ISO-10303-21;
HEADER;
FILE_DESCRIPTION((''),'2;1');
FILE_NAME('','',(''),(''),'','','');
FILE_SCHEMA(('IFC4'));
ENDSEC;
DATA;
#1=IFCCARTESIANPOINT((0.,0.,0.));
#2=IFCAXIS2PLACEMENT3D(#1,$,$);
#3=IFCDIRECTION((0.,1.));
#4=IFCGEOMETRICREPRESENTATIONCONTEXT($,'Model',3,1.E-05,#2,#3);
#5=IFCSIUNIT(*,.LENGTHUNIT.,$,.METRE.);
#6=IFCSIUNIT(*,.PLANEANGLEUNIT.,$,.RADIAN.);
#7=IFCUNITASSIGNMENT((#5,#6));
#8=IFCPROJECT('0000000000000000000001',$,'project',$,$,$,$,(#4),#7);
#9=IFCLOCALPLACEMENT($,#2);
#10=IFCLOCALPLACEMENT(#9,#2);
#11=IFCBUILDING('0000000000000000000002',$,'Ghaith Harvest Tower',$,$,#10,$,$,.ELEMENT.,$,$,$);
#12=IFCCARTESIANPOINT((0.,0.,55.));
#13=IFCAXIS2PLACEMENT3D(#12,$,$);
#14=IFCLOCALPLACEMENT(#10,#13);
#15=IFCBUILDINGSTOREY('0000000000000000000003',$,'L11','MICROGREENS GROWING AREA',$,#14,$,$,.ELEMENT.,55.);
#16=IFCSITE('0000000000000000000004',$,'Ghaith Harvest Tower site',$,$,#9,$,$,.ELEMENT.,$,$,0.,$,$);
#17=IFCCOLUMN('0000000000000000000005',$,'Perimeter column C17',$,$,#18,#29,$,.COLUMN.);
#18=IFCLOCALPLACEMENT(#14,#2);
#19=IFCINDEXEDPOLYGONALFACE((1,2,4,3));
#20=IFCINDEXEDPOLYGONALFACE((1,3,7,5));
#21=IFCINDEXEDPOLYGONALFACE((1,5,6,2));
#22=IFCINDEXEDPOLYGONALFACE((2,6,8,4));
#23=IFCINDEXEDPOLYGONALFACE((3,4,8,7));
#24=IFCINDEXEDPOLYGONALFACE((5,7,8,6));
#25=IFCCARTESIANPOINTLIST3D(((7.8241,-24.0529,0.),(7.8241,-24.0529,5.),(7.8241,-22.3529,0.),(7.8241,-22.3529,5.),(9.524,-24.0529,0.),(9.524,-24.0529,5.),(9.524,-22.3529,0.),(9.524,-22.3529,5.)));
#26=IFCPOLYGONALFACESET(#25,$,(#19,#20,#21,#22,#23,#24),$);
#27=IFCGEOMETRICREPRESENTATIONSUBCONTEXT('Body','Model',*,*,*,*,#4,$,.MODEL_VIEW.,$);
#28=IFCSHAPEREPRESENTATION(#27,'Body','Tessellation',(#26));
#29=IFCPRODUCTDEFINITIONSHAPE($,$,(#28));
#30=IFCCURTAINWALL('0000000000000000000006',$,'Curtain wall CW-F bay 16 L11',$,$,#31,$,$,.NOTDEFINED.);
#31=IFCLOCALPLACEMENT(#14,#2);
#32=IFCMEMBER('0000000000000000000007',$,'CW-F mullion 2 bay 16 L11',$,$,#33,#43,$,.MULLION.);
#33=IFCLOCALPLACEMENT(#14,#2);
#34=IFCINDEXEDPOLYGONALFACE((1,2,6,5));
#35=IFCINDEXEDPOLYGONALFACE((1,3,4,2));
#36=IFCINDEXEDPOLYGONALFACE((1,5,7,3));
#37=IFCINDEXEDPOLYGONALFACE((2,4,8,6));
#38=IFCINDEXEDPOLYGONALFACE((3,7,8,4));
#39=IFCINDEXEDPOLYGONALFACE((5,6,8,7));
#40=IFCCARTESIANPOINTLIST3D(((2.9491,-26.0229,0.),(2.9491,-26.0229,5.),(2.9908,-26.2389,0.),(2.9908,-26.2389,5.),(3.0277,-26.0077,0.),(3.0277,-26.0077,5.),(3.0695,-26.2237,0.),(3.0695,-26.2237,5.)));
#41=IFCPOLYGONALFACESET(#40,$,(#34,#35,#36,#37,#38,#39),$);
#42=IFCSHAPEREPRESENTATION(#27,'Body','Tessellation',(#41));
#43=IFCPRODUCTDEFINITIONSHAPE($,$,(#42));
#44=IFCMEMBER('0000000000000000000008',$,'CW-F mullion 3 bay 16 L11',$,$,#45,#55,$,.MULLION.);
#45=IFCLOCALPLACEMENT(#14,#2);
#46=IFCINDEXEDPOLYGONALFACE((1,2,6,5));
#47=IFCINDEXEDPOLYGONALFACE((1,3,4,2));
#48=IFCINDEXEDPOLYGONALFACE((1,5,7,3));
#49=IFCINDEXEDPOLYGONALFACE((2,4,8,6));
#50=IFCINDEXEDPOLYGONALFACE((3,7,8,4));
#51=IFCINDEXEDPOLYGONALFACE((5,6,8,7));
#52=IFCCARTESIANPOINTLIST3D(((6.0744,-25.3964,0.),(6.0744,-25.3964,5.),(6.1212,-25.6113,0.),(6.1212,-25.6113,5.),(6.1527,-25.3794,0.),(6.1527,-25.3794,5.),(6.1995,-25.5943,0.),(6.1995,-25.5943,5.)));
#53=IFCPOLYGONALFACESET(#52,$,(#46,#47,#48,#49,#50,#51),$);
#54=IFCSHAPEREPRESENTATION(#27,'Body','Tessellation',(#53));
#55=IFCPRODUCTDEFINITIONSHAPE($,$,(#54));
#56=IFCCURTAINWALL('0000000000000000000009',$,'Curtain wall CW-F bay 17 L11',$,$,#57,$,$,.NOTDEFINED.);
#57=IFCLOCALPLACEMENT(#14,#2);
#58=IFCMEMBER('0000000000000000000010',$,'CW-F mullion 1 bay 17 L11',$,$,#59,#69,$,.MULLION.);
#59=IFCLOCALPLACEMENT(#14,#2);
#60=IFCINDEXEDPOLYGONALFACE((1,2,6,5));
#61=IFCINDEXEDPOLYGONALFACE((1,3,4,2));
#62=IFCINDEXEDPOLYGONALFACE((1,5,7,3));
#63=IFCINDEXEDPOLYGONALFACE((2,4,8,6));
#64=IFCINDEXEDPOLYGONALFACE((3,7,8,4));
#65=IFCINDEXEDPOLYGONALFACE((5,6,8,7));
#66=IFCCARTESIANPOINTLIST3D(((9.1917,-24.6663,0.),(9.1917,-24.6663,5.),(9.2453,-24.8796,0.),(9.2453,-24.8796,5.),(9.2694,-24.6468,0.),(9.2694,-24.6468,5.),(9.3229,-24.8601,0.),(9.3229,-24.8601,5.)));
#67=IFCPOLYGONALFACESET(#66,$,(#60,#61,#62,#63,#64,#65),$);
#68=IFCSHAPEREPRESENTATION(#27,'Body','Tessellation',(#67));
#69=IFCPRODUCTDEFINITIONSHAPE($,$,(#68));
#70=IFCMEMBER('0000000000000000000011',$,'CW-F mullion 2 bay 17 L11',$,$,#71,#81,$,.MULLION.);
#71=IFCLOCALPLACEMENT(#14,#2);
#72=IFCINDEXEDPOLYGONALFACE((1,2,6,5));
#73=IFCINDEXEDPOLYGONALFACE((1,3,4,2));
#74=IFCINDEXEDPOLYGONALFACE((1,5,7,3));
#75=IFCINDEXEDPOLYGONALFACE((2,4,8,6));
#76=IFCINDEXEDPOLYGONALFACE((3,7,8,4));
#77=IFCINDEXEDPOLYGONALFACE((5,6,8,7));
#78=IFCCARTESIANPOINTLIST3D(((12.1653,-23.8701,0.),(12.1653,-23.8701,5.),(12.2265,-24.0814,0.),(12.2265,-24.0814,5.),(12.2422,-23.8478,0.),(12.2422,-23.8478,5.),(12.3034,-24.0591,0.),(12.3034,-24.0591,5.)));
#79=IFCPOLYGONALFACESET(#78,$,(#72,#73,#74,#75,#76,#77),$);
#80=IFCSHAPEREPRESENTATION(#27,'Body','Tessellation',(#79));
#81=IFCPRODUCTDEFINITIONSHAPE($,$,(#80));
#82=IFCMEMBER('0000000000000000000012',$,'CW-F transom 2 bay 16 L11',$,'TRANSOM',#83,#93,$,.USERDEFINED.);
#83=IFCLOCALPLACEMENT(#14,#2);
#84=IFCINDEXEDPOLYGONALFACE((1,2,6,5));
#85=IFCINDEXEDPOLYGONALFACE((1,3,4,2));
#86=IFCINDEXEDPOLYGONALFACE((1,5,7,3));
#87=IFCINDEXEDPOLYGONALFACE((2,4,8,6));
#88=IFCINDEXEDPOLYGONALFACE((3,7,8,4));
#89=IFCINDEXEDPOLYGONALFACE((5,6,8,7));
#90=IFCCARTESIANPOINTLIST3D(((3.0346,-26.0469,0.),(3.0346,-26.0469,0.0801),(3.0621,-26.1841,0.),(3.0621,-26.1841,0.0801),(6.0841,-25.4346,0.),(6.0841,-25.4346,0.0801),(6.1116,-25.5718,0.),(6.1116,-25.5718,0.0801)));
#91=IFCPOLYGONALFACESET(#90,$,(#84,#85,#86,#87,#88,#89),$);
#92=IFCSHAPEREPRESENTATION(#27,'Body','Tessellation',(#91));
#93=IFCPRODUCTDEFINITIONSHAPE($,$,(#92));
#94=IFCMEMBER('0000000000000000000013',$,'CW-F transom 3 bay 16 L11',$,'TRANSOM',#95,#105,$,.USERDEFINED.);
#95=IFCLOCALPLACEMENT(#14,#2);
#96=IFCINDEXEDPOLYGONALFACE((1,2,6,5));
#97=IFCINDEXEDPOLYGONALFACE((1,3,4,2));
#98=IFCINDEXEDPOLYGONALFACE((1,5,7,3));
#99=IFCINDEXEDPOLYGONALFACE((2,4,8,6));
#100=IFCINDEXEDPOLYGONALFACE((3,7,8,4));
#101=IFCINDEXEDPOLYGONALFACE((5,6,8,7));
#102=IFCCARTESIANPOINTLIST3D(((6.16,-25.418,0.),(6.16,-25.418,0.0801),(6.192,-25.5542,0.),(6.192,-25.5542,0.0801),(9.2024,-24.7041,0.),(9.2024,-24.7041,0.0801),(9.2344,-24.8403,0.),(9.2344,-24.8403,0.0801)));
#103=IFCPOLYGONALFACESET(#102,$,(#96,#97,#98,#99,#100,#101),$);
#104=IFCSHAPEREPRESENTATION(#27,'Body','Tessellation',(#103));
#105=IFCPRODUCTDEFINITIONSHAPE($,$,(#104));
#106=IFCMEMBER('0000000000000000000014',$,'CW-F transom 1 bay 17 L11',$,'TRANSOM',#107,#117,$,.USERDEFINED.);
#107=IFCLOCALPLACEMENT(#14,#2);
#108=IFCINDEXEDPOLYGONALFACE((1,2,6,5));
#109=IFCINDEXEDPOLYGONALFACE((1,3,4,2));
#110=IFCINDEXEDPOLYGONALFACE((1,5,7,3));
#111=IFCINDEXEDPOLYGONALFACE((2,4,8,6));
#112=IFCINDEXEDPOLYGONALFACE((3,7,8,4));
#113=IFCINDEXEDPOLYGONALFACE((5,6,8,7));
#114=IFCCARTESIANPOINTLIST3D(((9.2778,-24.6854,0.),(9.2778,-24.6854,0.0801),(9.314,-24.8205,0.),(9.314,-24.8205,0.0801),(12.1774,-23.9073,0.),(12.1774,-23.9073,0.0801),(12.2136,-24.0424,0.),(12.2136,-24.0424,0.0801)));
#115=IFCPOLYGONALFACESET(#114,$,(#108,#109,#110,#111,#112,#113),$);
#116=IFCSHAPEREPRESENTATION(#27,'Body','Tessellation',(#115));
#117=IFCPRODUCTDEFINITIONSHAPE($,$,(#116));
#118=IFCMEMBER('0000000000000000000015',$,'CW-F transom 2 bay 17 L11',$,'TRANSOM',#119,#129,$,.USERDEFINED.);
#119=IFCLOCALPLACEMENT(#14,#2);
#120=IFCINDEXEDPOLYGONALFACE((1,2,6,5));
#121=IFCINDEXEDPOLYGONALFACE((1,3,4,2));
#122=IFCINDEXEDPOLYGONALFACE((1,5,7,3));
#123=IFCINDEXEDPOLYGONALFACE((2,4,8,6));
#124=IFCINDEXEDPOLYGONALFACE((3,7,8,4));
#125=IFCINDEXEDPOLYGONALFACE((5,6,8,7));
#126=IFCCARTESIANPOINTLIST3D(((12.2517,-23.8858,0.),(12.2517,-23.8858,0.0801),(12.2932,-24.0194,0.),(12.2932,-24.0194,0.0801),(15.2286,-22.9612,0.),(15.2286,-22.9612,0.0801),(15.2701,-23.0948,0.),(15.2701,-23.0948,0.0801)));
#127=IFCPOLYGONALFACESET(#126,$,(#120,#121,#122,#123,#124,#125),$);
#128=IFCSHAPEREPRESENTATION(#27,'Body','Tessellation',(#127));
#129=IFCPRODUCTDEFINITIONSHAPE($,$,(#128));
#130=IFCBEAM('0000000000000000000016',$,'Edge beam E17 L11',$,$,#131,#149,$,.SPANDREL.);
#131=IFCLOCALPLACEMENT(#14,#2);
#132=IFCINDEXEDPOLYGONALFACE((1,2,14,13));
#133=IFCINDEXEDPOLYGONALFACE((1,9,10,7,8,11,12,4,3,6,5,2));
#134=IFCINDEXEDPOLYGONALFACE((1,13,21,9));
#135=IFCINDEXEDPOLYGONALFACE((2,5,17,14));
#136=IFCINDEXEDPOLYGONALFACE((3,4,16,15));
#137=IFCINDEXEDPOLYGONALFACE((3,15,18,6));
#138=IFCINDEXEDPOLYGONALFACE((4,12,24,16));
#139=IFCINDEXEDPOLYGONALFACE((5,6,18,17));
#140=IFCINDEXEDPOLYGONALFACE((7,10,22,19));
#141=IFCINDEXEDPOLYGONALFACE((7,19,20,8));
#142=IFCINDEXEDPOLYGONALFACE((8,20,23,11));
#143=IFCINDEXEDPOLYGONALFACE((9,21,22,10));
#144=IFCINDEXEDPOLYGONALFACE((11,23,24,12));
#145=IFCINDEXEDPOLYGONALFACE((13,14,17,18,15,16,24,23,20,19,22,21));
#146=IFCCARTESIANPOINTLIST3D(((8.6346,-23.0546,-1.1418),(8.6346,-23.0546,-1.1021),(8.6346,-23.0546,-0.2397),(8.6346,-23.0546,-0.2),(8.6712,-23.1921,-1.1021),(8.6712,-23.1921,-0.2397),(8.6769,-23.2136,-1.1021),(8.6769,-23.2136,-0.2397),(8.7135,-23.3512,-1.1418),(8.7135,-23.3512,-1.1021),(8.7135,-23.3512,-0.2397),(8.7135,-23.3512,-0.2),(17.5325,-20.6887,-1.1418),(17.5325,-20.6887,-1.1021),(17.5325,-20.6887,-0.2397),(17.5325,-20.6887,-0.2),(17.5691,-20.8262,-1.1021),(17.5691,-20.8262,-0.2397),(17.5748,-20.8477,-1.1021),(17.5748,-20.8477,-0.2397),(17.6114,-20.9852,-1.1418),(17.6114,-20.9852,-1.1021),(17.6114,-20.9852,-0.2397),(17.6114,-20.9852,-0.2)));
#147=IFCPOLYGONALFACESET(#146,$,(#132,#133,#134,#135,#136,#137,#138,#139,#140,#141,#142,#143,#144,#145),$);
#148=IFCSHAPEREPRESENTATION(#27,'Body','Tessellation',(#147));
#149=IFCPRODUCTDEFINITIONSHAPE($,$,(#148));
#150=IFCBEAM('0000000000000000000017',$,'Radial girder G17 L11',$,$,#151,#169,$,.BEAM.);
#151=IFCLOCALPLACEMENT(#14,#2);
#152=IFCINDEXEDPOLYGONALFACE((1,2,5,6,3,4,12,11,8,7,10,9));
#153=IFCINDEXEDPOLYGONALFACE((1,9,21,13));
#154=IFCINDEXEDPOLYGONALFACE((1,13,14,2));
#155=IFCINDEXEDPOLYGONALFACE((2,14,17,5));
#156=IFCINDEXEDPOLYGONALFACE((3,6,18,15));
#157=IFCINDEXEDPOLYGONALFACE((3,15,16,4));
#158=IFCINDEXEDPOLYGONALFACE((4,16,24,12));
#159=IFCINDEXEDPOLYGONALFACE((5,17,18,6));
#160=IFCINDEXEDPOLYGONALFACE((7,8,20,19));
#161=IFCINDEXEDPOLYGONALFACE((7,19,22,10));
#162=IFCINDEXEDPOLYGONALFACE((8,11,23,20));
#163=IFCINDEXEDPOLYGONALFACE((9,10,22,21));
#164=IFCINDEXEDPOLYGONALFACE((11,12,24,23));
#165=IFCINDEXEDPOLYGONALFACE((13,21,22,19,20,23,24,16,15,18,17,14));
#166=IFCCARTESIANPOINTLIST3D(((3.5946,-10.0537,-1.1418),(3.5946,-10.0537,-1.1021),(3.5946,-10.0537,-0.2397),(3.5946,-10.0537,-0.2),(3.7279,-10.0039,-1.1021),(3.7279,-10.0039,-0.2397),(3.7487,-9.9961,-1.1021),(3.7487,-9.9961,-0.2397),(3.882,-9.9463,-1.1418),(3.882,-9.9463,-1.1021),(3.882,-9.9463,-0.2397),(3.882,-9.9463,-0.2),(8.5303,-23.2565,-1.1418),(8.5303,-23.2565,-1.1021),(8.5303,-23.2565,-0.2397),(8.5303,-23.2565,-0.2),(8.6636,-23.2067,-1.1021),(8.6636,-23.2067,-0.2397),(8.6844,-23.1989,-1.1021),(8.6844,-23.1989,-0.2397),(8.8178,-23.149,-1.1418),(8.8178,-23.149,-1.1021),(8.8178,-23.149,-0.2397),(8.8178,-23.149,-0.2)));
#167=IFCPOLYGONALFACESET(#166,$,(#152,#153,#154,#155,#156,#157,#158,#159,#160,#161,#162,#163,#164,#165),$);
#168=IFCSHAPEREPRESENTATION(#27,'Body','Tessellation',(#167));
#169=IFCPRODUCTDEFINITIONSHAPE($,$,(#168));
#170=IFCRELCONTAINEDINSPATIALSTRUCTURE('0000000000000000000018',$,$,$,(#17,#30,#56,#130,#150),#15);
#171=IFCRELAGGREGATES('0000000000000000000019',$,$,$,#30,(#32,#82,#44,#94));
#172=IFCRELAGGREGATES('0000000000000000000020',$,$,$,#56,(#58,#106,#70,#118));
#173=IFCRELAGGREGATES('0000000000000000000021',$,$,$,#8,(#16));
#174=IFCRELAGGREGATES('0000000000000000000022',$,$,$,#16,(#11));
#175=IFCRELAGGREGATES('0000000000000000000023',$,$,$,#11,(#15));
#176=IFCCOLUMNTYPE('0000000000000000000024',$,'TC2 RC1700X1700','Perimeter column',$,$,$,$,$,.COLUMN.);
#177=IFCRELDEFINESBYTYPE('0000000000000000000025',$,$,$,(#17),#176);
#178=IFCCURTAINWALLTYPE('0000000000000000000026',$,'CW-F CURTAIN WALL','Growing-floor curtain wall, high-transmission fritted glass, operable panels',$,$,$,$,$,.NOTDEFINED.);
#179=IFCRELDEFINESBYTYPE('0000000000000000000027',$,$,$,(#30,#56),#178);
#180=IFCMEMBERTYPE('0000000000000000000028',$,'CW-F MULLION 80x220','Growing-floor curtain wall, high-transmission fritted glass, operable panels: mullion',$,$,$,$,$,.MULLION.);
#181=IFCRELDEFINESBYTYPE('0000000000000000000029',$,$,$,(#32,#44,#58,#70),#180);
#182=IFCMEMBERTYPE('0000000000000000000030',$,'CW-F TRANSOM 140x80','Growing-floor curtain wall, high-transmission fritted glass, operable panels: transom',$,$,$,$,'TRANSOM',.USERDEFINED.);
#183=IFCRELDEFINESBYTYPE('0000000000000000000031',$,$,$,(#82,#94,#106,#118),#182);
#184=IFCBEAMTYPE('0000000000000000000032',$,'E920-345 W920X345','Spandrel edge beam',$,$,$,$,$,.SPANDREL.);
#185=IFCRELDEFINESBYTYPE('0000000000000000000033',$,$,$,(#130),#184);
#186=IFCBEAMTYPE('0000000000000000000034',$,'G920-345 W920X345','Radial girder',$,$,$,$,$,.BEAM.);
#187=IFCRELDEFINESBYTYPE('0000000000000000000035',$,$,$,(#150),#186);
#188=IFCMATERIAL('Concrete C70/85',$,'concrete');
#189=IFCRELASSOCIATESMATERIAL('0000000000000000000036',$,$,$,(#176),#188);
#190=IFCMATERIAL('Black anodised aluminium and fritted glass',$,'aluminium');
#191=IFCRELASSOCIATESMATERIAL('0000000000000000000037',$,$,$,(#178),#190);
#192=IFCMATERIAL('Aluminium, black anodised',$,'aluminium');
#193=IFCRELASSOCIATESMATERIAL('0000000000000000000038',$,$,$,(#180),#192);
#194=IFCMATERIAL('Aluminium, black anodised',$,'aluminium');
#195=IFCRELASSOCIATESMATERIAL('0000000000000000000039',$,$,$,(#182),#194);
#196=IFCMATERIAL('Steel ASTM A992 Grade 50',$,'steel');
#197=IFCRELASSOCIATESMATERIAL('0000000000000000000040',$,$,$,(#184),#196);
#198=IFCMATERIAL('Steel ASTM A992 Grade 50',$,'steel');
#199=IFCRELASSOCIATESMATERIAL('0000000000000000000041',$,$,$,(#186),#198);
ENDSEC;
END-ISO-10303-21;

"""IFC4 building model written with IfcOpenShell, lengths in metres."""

from ifc_helpers import new_model, si_unit, direction, frame, origin, origin_2d, place, context, subcontext, project, spatial, rectangle, i_section, extrude, material, material_profile, profile_set, type_object, element, aggregate, save


model = new_model("IFC4")

# Units and contexts
model_context = context("Model", 3, precision=1e-05, world=origin(), true_north=direction((0.0, 1.0)))
body_context = subcontext(model_context, "Body", "Model", "MODEL_VIEW")
ifc_project = project(units=[si_unit("LENGTHUNIT", "METRE"), si_unit("PLANEANGLEUNIT", "RADIAN")], contexts=[model_context])

# Site, building, storey
site_placement = place(None, origin())
site = spatial("IfcSite", under=ifc_project, at=site_placement, Name="Ghaith Harvest Tower site", CompositionType="ELEMENT", RefElevation=0.0)
building_placement = place(site_placement, origin())
building = spatial("IfcBuilding", under=site, at=building_placement, Name="Ghaith Harvest Tower", CompositionType="ELEMENT")
storey_placement = place(building_placement, frame((0.0, 0.0, 55.0)))
storey = spatial("IfcBuildingStorey", under=building, at=storey_placement, Name="L11", Description="MICROGREENS GROWING AREA", CompositionType="ELEMENT", Elevation=55.0)

# Column
ifc_material_1 = material(Name="Concrete C70/85", Category="concrete")
ifc_material_profile_1 = material_profile(ifc_material_1, rectangle(XDim=1.7, YDim=1.7, at=origin_2d()), Name="RC1700X1700")
ifc_profile_set_1 = profile_set([ifc_material_profile_1], Name="Concrete C70/85")
column_type = type_object("IfcColumnType", Name="TC2 RC1700X1700", Description="Perimeter column", PredefinedType="COLUMN", material=ifc_profile_set_1)
column_placement = place(storey_placement, frame((8.6741, -23.2029, 0.0), z_axis=(0.0, 0.0, 1.0), x_axis=(1.0, 0.0, 0.0)))
element("IfcColumn", 1, at=column_placement, inside=storey, type_object=column_type, Name="Perimeter column C17", PredefinedType="COLUMN", context=body_context, shape_type="SweptSolid", body=[
    extrude(rectangle(XDim=1.7, YDim=1.7, at=origin_2d()), origin(), (0.0, 0.0, 1.0), 5.0),
])

# Curtain walls, members
ifc_material_2 = material(Name="Black anodised aluminium and fritted glass", Category="aluminium")
curtain_wall_type = type_object("IfcCurtainWallType", Name="CW-F CURTAIN WALL", Description="Growing-floor curtain wall, high-transmission fritted glass, operable panels", PredefinedType="NOTDEFINED", material=ifc_material_2)
curtain_wall_1_placement = place(storey_placement, origin())
curtain_wall_1 = element("IfcCurtainWall", 2, at=curtain_wall_1_placement, inside=storey, type_object=curtain_wall_type, Name="Curtain wall CW-F bay 16 L11", PredefinedType="NOTDEFINED")
ifc_material_3 = material(Name="Aluminium, black anodised", Category="aluminium")
ifc_material_profile_2 = material_profile(ifc_material_3, rectangle(XDim=0.0801, YDim=0.22, at=origin_2d()), Name="CW-F MULLION 80x220")
ifc_profile_set_2 = profile_set([ifc_material_profile_2], Name="Aluminium, black anodised")
member_type_1 = type_object("IfcMemberType", Name="CW-F MULLION 80x220", Description="Growing-floor curtain wall, high-transmission fritted glass, operable panels: mullion", PredefinedType="MULLION", material=ifc_profile_set_2)
member_1_placement = place(storey_placement, frame((3.0093, -26.1233, 0.0), z_axis=(0.0, 0.0, 1.0), x_axis=(0.981818, 0.189822, 0.0)))
member_1 = element("IfcMember", 3, at=member_1_placement, type_object=member_type_1, Name="CW-F mullion 2 bay 16 L11", PredefinedType="MULLION", context=body_context, shape_type="SweptSolid", body=[
    extrude(rectangle(XDim=0.0801, YDim=0.22, at=origin_2d()), origin(), (0.0, 0.0, 1.0), 5.0),
])
member_2_placement = place(storey_placement, frame((6.137, -25.4954, 0.0), z_axis=(0.0, 0.0, 1.0), x_axis=(0.977118, 0.212698, 0.0)))
member_2 = element("IfcMember", 4, at=member_2_placement, type_object=member_type_1, Name="CW-F mullion 3 bay 16 L11", PredefinedType="MULLION", context=body_context, shape_type="SweptSolid", body=[
    extrude(rectangle(XDim=0.0801, YDim=0.22, at=origin_2d()), origin(), (0.0, 0.0, 1.0), 5.0),
])
curtain_wall_2_placement = place(storey_placement, origin())
curtain_wall_2 = element("IfcCurtainWall", 5, at=curtain_wall_2_placement, inside=storey, type_object=curtain_wall_type, Name="Curtain wall CW-F bay 17 L11", PredefinedType="NOTDEFINED")
member_3_placement = place(storey_placement, frame((9.2573, -24.7632, 0.0), z_axis=(0.0, 0.0, 1.0), x_axis=(0.969903, 0.24349, 0.0)))
member_3 = element("IfcMember", 6, at=member_3_placement, type_object=member_type_1, Name="CW-F mullion 1 bay 17 L11", PredefinedType="MULLION", context=body_context, shape_type="SweptSolid", body=[
    extrude(rectangle(XDim=0.0801, YDim=0.22, at=origin_2d()), origin(), (0.0, 0.0, 1.0), 5.0),
])
member_4_placement = place(storey_placement, frame((12.2344, -23.9646, 0.0), z_axis=(0.0, 0.0, 1.0), x_axis=(0.960502, 0.278272, 0.0)))
member_4 = element("IfcMember", 7, at=member_4_placement, type_object=member_type_1, Name="CW-F mullion 2 bay 17 L11", PredefinedType="MULLION", context=body_context, shape_type="SweptSolid", body=[
    extrude(rectangle(XDim=0.0801, YDim=0.22, at=origin_2d()), origin(), (0.0, 0.0, 1.0), 5.0),
])

# Members
ifc_material_4 = material(Name="Aluminium, black anodised", Category="aluminium")
ifc_material_profile_3 = material_profile(ifc_material_4, rectangle(XDim=0.1399, YDim=0.0801, at=origin_2d()), Name="CW-F TRANSOM 140x80")
ifc_profile_set_3 = profile_set([ifc_material_profile_3], Name="Aluminium, black anodised")
member_type_2 = type_object("IfcMemberType", Name="CW-F TRANSOM 140x80", Description="Growing-floor curtain wall, high-transmission fritted glass, operable panels: transom", ElementType="TRANSOM", PredefinedType="USERDEFINED", material=ifc_profile_set_3)
member_5_placement = place(storey_placement, frame((3.0483, -26.1155, 0.04), z_axis=(0.980432, 0.196856, 0.0), x_axis=(-0.196856, 0.980432, 0.0)))
member_5 = element("IfcMember", 8, at=member_5_placement, type_object=member_type_2, Name="CW-F transom 2 bay 16 L11", ObjectType="TRANSOM", PredefinedType="USERDEFINED", context=body_context, shape_type="SweptSolid", body=[
    extrude(rectangle(XDim=0.1399, YDim=0.0801, at=origin_2d()), origin(), (0.0, 0.0, 1.0), 3.1104),
])
member_6_placement = place(storey_placement, frame((6.176, -25.4861, 0.04), z_axis=(0.97356, 0.22843, 0.0), x_axis=(-0.22843, 0.97356, 0.0)))
member_6 = element("IfcMember", 9, at=member_6_placement, type_object=member_type_2, Name="CW-F transom 3 bay 16 L11", ObjectType="TRANSOM", PredefinedType="USERDEFINED", context=body_context, shape_type="SweptSolid", body=[
    extrude(rectangle(XDim=0.1399, YDim=0.0801, at=origin_2d()), origin(), (0.0, 0.0, 1.0), 3.125),
])
member_7_placement = place(storey_placement, frame((9.2959, -24.7529, 0.04), z_axis=(0.965833, 0.259166, 0.0), x_axis=(-0.259166, 0.965833, 0.0)))
member_7 = element("IfcMember", 10, at=member_7_placement, type_object=member_type_2, Name="CW-F transom 1 bay 17 L11", ObjectType="TRANSOM", PredefinedType="USERDEFINED", context=body_context, shape_type="SweptSolid", body=[
    extrude(rectangle(XDim=0.1399, YDim=0.0801, at=origin_2d()), origin(), (0.0, 0.0, 1.0), 3.0022),
])
member_8_placement = place(storey_placement, frame((12.2725, -23.9526, 0.04), z_axis=(0.954998, 0.296611, 0.0), x_axis=(-0.296611, 0.954998, 0.0)))
member_8 = element("IfcMember", 11, at=member_8_placement, type_object=member_type_2, Name="CW-F transom 2 bay 17 L11", ObjectType="TRANSOM", PredefinedType="USERDEFINED", context=body_context, shape_type="SweptSolid", body=[
    extrude(rectangle(XDim=0.1399, YDim=0.0801, at=origin_2d()), origin(), (0.0, 0.0, 1.0), 3.1172),
])

# Beams
ifc_material_5 = material(Name="Steel ASTM A992 Grade 50", Category="steel")
ifc_material_profile_4 = material_profile(ifc_material_5, i_section(OverallWidth=0.3069, OverallDepth=0.9419, WebThickness=0.0222, FlangeThickness=0.0398, at=origin_2d()), Name="W920X345")
ifc_profile_set_4 = profile_set([ifc_material_profile_4], Name="Steel ASTM A992 Grade 50")
beam_type_1 = type_object("IfcBeamType", Name="E920-345 W920X345", Description="Spandrel edge beam", PredefinedType="SPANDREL", material=ifc_profile_set_4)
beam_1_placement = place(storey_placement, frame((8.6741, -23.2029, -0.6709), z_axis=(0.966419, 0.256971, 0.0), x_axis=(-0.256971, 0.966419, 0.0)))
element("IfcBeam", 12, at=beam_1_placement, inside=storey, type_object=beam_type_1, Name="Edge beam E17 L11", PredefinedType="SPANDREL", context=body_context, shape_type="SweptSolid", body=[
    extrude(i_section(OverallWidth=0.3069, OverallDepth=0.9419, WebThickness=0.0222, FlangeThickness=0.0398, at=origin_2d()), origin(), (0.0, 0.0, 1.0), 9.207),
])
ifc_material_6 = material(Name="Steel ASTM A992 Grade 50", Category="steel")
ifc_material_profile_5 = material_profile(ifc_material_6, i_section(OverallWidth=0.3069, OverallDepth=0.9419, WebThickness=0.0222, FlangeThickness=0.0398, at=origin_2d()), Name="W920X345")
ifc_profile_set_5 = profile_set([ifc_material_profile_5], Name="Steel ASTM A992 Grade 50")
beam_type_2 = type_object("IfcBeamType", Name="G920-345 W920X345", Description="Radial girder", PredefinedType="BEAM", material=ifc_profile_set_5)
beam_2_placement = place(storey_placement, frame((3.7383, -10.0, -0.6709), z_axis=(0.350172, -0.936685, 0.0), x_axis=(0.936685, 0.350172, 0.0)))
element("IfcBeam", 13, at=beam_2_placement, inside=storey, type_object=beam_type_2, Name="Radial girder G17 L11", PredefinedType="BEAM", context=body_context, shape_type="SweptSolid", body=[
    extrude(i_section(OverallWidth=0.3069, OverallDepth=0.9419, WebThickness=0.0222, FlangeThickness=0.0398, at=origin_2d()), origin(), (0.0, 0.0, 1.0), 14.0952),
])

aggregate(curtain_wall_1, [member_1, member_5, member_2, member_6])
aggregate(curtain_wall_2, [member_3, member_7, member_4, member_8])

save(model, "model.ifc")
